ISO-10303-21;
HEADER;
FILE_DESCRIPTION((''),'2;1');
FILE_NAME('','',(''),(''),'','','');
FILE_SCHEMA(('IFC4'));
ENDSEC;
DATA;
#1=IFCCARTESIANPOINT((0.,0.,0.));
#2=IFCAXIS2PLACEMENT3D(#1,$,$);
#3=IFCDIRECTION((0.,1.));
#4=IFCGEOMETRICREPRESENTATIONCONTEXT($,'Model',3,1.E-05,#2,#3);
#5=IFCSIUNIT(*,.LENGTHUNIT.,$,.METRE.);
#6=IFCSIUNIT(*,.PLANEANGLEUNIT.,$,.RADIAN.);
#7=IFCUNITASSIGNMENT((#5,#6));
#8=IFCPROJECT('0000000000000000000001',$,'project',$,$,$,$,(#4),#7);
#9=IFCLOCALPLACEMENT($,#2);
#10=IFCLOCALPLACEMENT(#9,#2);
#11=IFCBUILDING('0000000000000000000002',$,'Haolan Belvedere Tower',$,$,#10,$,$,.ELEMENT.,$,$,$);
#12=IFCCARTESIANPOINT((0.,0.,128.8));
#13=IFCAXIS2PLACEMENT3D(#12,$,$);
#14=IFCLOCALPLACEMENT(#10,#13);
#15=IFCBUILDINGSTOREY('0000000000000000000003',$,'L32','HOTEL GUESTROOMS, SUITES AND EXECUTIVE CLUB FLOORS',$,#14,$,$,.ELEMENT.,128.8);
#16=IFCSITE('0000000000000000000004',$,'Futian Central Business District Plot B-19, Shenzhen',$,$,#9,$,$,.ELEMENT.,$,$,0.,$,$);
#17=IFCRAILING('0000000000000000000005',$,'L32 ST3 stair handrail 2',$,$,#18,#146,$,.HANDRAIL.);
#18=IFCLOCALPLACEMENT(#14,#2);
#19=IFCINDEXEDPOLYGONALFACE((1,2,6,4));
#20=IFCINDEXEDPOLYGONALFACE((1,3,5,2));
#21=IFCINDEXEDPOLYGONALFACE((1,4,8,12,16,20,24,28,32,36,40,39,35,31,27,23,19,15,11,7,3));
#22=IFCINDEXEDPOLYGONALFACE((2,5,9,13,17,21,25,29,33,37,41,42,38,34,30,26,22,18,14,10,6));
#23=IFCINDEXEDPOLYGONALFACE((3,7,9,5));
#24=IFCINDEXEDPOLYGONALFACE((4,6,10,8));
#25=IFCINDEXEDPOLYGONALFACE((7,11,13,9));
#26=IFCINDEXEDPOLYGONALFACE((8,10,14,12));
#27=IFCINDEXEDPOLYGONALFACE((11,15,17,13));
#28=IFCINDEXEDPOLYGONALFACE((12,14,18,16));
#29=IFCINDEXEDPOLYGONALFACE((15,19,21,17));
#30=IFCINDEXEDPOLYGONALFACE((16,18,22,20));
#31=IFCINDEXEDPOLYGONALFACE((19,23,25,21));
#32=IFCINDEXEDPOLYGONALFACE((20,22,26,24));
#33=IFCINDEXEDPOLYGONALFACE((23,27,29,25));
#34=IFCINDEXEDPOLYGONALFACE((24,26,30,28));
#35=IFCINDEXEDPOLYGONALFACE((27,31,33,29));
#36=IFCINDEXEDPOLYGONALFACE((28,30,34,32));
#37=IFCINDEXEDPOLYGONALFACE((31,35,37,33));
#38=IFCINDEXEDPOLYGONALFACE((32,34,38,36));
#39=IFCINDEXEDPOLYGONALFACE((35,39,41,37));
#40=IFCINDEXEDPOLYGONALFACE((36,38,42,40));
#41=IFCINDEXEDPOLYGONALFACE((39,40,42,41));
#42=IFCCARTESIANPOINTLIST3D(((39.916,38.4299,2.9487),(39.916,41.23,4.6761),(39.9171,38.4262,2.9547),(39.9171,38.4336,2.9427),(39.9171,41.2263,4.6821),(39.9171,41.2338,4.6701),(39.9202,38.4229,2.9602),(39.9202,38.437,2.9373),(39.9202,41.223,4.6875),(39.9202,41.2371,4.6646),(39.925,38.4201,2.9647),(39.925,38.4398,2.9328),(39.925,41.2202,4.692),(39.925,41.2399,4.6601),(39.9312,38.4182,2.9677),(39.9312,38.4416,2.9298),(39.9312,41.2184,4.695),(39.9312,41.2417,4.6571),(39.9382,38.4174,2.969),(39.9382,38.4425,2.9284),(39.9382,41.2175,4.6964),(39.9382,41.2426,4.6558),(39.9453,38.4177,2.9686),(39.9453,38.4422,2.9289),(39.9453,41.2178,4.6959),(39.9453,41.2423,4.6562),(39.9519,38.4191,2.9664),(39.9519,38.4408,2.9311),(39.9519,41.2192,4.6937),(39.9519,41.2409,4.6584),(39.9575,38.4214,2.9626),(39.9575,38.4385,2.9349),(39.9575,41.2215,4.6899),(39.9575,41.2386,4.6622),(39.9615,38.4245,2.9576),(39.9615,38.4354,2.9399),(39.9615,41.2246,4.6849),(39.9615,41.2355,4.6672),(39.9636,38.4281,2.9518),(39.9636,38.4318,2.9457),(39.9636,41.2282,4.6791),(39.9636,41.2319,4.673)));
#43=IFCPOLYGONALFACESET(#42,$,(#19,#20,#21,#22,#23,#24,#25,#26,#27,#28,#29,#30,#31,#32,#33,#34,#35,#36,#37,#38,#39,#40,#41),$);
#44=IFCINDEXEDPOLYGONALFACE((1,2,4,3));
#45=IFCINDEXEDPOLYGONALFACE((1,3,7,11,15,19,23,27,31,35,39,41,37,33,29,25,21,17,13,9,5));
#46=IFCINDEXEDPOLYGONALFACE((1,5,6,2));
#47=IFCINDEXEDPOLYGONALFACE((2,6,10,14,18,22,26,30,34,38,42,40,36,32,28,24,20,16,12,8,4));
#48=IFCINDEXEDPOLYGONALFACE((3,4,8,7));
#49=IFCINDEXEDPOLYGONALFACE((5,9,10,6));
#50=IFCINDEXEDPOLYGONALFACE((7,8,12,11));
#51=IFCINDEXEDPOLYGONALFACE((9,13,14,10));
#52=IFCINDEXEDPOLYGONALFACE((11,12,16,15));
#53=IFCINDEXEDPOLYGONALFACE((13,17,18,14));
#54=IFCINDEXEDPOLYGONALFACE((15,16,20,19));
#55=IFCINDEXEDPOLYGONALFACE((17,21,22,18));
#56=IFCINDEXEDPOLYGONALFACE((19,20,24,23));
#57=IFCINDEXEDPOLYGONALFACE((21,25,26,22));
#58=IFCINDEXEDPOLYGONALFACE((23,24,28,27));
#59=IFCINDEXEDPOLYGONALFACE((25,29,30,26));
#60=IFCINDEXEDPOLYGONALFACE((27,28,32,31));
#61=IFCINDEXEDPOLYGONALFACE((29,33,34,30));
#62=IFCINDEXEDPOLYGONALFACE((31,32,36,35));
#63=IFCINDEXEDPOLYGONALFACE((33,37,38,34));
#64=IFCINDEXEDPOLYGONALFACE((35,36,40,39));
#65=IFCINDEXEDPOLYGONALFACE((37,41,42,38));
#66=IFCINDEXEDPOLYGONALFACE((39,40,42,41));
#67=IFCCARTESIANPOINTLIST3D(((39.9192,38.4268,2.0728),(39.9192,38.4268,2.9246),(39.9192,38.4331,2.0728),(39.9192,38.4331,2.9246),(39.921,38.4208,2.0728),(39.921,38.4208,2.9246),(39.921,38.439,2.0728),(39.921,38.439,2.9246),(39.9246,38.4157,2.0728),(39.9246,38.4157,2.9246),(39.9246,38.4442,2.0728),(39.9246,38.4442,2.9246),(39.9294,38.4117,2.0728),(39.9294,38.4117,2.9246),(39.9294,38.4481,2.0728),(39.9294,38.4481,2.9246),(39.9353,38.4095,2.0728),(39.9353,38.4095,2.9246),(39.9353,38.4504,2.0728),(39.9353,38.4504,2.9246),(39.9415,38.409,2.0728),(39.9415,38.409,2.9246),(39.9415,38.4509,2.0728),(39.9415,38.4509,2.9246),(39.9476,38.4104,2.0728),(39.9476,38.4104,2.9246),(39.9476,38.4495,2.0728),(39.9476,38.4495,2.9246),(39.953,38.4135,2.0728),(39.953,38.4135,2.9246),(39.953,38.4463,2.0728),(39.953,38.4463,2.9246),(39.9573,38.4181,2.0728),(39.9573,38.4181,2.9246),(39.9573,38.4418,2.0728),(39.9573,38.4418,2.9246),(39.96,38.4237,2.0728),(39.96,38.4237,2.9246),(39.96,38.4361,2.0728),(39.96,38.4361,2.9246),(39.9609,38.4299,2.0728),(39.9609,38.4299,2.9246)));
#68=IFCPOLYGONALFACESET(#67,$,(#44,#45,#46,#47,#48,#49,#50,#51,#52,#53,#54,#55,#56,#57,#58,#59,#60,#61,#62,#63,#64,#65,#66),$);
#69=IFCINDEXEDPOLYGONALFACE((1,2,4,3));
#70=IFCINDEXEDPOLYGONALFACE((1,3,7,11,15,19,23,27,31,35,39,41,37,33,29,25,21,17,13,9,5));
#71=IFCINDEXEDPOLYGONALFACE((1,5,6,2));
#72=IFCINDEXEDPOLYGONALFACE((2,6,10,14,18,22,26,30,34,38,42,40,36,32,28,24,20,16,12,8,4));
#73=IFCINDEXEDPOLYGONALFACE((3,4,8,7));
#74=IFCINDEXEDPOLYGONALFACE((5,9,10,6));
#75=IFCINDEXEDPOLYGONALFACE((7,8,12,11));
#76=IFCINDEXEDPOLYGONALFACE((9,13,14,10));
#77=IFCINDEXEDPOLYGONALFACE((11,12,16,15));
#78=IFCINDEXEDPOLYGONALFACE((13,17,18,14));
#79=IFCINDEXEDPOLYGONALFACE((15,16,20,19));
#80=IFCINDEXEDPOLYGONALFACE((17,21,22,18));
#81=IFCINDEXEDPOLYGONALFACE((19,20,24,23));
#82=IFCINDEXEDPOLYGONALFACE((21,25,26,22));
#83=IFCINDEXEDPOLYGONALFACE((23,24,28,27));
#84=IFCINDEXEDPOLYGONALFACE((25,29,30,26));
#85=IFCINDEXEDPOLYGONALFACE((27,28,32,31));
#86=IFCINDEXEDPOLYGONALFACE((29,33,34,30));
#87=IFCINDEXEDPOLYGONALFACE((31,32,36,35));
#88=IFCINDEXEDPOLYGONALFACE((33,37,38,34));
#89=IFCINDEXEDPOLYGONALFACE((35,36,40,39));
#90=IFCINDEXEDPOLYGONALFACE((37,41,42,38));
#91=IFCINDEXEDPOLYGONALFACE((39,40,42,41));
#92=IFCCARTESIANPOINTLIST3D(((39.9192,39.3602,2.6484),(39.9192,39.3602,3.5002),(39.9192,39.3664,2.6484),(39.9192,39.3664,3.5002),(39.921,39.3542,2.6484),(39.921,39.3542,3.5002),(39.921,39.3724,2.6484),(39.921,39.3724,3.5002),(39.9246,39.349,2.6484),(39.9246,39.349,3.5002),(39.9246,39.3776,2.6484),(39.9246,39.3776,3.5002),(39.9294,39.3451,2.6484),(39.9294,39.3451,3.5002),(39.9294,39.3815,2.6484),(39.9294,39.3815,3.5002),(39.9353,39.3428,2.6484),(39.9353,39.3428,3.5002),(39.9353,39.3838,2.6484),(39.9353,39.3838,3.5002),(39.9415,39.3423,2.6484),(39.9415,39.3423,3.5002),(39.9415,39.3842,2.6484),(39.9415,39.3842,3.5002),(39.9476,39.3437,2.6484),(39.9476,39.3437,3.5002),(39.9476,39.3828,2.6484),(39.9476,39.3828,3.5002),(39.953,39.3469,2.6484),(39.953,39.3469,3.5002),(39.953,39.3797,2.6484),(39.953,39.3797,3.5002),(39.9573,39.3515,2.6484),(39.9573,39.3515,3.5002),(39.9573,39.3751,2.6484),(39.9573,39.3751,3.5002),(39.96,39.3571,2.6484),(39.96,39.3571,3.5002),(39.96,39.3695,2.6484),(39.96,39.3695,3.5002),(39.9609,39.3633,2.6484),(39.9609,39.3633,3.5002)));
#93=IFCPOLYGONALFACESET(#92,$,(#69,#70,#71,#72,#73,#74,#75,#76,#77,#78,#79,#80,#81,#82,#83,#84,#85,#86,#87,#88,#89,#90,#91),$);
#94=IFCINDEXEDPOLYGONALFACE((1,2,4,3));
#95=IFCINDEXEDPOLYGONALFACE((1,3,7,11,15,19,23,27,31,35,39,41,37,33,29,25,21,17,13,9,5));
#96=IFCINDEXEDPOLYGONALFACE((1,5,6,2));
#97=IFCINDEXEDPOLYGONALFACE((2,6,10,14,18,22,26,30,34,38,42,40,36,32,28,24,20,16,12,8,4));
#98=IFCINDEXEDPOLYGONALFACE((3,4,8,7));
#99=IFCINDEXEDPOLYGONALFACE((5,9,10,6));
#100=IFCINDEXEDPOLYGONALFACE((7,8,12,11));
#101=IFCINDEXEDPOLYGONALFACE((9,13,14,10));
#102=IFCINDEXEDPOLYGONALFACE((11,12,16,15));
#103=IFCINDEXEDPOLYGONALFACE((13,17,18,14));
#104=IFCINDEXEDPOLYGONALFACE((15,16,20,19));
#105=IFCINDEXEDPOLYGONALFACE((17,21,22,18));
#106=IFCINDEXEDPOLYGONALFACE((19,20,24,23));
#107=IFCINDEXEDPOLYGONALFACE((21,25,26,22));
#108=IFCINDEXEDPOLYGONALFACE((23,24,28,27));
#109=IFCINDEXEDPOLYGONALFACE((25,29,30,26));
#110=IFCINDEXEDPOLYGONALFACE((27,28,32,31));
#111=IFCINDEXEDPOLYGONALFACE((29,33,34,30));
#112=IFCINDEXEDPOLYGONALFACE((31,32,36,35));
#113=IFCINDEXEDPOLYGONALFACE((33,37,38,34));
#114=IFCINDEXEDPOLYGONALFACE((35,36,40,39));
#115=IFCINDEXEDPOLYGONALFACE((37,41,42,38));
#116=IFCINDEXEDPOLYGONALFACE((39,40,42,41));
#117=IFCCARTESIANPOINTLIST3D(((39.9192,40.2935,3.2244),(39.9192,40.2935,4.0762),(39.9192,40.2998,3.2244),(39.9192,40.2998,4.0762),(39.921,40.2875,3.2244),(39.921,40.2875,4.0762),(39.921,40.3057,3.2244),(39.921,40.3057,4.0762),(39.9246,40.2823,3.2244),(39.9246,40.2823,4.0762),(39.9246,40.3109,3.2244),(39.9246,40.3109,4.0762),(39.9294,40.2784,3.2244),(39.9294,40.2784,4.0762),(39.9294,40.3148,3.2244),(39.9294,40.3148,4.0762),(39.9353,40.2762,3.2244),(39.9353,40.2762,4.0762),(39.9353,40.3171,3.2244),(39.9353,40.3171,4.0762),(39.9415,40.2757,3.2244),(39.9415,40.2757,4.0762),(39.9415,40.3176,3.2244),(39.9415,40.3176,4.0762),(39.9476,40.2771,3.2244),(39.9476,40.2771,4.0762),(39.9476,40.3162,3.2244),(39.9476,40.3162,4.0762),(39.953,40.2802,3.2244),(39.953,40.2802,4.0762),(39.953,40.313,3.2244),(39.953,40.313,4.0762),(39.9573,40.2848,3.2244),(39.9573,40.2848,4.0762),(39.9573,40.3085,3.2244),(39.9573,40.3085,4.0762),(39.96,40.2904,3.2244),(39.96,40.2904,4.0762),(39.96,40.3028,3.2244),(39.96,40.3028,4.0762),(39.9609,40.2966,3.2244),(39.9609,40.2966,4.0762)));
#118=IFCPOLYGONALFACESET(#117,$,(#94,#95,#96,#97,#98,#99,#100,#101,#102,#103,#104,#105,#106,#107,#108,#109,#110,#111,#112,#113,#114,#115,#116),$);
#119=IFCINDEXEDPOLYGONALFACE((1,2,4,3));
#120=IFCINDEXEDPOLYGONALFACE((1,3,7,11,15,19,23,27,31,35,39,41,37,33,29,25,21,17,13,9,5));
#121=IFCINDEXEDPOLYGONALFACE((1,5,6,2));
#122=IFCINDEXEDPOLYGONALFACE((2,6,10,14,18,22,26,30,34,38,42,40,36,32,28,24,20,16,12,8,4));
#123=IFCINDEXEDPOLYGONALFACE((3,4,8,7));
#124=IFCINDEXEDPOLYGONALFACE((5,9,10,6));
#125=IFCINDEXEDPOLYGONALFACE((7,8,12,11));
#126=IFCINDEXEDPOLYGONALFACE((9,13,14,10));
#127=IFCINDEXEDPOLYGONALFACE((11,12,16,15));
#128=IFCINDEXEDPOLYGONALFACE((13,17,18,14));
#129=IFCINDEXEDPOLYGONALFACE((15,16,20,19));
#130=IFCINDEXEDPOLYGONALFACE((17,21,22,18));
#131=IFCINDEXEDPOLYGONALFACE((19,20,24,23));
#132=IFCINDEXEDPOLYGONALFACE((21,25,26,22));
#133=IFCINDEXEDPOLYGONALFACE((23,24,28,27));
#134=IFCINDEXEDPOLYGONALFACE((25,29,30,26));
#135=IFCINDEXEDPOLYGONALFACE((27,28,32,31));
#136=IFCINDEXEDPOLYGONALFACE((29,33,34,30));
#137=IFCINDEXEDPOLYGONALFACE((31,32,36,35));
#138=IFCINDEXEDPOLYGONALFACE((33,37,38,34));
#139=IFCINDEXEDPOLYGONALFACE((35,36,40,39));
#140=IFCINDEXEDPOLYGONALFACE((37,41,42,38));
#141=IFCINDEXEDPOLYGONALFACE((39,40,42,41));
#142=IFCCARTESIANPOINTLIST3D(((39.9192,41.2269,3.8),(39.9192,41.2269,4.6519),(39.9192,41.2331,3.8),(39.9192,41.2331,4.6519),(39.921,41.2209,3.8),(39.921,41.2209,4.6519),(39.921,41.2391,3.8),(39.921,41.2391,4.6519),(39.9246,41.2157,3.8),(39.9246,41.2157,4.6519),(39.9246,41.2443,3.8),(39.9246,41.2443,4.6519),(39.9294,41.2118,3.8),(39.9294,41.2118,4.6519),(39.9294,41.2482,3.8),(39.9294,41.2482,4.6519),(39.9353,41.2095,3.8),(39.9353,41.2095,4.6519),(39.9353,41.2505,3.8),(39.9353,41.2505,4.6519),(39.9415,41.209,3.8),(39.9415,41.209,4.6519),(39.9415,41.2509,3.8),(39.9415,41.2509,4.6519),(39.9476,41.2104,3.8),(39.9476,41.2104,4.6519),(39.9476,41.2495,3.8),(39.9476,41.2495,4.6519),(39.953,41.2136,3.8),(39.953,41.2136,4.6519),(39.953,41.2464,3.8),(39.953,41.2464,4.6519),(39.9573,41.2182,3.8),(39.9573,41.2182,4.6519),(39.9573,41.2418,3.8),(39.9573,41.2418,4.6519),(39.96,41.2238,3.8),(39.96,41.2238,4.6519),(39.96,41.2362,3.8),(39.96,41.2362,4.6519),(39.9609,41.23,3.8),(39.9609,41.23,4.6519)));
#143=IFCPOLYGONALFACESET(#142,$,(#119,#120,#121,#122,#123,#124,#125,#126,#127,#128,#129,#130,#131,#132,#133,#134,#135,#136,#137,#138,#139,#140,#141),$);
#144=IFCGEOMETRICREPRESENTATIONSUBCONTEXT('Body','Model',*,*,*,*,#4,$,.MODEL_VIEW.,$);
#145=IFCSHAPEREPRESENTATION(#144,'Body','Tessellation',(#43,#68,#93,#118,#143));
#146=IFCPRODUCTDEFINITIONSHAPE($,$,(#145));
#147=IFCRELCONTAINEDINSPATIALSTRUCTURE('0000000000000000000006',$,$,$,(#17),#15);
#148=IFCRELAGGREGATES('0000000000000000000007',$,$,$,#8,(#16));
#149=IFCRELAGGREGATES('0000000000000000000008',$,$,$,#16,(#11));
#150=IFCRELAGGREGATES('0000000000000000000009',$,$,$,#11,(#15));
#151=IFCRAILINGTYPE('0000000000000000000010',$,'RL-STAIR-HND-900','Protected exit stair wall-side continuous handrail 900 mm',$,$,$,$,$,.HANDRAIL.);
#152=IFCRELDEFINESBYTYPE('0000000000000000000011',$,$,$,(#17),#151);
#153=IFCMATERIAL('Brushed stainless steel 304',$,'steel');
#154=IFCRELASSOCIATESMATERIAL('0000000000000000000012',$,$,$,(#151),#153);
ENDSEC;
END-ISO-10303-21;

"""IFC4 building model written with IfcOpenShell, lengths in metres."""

from ifc_helpers import new_model, si_unit, direction, frame, origin, origin_2d, place, context, subcontext, project, spatial, circle, extrude, material, type_object, element, save


model = new_model("IFC4")

# Units and contexts
model_context = context("Model", 3, precision=1e-05, world=origin(), true_north=direction((0.0, 1.0)))
body_context = subcontext(model_context, "Body", "Model", "MODEL_VIEW")
ifc_project = project(units=[si_unit("LENGTHUNIT", "METRE"), si_unit("PLANEANGLEUNIT", "RADIAN")], contexts=[model_context])

# Site, building, storey
site_placement = place(None, origin())
site = spatial("IfcSite", under=ifc_project, at=site_placement, Name="Futian Central Business District Plot B-19, Shenzhen", CompositionType="ELEMENT", RefElevation=0.0)
building_placement = place(site_placement, origin())
building = spatial("IfcBuilding", under=site, at=building_placement, Name="Haolan Belvedere Tower", CompositionType="ELEMENT")
storey_placement = place(building_placement, frame((0.0, 0.0, 128.8)))
storey = spatial("IfcBuildingStorey", under=building, at=storey_placement, Name="L32", Description="HOTEL GUESTROOMS, SUITES AND EXECUTIVE CLUB FLOORS", CompositionType="ELEMENT", Elevation=128.8)

# Railing
ifc_material_1 = material(Name="Brushed stainless steel 304", Category="steel")
railing_type_1 = type_object("IfcRailingType", Name="RL-STAIR-HND-900", Description="Protected exit stair wall-side continuous handrail 900 mm", PredefinedType="HANDRAIL", material=ifc_material_1)
railing_1_placement = place(storey_placement, frame((39.9399, 38.4299, 2.0728)))
element("IfcRailing", 1, at=railing_1_placement, inside=storey, type_object=railing_type_1, Name="L32 ST3 stair handrail 2", PredefinedType="HANDRAIL", context=body_context, shape_type="SweptSolid", body=[
    extrude(circle(Radius=0.0239, at=origin_2d()), frame((0.0, 0.0, 0.876), z_axis=(0.0, 0.85109, 0.52502), x_axis=(-1.0, 0.0, 0.0)), (0.0, 0.0, 1.0), 3.29),
    extrude(circle(Radius=0.021, at=origin_2d()), origin(), (0.0, 0.0, 1.0), 0.8518),
    extrude(circle(Radius=0.021, at=origin_2d()), frame((0.0, 0.9333, 0.5757)), (0.0, 0.0, 1.0), 0.8518),
    extrude(circle(Radius=0.021, at=origin_2d()), frame((0.0, 1.8667, 1.1516)), (0.0, 0.0, 1.0), 0.8518),
    extrude(circle(Radius=0.021, at=origin_2d()), frame((0.0, 2.8, 1.7273)), (0.0, 0.0, 1.0), 0.8518),
])

save(model, "model.ifc")
